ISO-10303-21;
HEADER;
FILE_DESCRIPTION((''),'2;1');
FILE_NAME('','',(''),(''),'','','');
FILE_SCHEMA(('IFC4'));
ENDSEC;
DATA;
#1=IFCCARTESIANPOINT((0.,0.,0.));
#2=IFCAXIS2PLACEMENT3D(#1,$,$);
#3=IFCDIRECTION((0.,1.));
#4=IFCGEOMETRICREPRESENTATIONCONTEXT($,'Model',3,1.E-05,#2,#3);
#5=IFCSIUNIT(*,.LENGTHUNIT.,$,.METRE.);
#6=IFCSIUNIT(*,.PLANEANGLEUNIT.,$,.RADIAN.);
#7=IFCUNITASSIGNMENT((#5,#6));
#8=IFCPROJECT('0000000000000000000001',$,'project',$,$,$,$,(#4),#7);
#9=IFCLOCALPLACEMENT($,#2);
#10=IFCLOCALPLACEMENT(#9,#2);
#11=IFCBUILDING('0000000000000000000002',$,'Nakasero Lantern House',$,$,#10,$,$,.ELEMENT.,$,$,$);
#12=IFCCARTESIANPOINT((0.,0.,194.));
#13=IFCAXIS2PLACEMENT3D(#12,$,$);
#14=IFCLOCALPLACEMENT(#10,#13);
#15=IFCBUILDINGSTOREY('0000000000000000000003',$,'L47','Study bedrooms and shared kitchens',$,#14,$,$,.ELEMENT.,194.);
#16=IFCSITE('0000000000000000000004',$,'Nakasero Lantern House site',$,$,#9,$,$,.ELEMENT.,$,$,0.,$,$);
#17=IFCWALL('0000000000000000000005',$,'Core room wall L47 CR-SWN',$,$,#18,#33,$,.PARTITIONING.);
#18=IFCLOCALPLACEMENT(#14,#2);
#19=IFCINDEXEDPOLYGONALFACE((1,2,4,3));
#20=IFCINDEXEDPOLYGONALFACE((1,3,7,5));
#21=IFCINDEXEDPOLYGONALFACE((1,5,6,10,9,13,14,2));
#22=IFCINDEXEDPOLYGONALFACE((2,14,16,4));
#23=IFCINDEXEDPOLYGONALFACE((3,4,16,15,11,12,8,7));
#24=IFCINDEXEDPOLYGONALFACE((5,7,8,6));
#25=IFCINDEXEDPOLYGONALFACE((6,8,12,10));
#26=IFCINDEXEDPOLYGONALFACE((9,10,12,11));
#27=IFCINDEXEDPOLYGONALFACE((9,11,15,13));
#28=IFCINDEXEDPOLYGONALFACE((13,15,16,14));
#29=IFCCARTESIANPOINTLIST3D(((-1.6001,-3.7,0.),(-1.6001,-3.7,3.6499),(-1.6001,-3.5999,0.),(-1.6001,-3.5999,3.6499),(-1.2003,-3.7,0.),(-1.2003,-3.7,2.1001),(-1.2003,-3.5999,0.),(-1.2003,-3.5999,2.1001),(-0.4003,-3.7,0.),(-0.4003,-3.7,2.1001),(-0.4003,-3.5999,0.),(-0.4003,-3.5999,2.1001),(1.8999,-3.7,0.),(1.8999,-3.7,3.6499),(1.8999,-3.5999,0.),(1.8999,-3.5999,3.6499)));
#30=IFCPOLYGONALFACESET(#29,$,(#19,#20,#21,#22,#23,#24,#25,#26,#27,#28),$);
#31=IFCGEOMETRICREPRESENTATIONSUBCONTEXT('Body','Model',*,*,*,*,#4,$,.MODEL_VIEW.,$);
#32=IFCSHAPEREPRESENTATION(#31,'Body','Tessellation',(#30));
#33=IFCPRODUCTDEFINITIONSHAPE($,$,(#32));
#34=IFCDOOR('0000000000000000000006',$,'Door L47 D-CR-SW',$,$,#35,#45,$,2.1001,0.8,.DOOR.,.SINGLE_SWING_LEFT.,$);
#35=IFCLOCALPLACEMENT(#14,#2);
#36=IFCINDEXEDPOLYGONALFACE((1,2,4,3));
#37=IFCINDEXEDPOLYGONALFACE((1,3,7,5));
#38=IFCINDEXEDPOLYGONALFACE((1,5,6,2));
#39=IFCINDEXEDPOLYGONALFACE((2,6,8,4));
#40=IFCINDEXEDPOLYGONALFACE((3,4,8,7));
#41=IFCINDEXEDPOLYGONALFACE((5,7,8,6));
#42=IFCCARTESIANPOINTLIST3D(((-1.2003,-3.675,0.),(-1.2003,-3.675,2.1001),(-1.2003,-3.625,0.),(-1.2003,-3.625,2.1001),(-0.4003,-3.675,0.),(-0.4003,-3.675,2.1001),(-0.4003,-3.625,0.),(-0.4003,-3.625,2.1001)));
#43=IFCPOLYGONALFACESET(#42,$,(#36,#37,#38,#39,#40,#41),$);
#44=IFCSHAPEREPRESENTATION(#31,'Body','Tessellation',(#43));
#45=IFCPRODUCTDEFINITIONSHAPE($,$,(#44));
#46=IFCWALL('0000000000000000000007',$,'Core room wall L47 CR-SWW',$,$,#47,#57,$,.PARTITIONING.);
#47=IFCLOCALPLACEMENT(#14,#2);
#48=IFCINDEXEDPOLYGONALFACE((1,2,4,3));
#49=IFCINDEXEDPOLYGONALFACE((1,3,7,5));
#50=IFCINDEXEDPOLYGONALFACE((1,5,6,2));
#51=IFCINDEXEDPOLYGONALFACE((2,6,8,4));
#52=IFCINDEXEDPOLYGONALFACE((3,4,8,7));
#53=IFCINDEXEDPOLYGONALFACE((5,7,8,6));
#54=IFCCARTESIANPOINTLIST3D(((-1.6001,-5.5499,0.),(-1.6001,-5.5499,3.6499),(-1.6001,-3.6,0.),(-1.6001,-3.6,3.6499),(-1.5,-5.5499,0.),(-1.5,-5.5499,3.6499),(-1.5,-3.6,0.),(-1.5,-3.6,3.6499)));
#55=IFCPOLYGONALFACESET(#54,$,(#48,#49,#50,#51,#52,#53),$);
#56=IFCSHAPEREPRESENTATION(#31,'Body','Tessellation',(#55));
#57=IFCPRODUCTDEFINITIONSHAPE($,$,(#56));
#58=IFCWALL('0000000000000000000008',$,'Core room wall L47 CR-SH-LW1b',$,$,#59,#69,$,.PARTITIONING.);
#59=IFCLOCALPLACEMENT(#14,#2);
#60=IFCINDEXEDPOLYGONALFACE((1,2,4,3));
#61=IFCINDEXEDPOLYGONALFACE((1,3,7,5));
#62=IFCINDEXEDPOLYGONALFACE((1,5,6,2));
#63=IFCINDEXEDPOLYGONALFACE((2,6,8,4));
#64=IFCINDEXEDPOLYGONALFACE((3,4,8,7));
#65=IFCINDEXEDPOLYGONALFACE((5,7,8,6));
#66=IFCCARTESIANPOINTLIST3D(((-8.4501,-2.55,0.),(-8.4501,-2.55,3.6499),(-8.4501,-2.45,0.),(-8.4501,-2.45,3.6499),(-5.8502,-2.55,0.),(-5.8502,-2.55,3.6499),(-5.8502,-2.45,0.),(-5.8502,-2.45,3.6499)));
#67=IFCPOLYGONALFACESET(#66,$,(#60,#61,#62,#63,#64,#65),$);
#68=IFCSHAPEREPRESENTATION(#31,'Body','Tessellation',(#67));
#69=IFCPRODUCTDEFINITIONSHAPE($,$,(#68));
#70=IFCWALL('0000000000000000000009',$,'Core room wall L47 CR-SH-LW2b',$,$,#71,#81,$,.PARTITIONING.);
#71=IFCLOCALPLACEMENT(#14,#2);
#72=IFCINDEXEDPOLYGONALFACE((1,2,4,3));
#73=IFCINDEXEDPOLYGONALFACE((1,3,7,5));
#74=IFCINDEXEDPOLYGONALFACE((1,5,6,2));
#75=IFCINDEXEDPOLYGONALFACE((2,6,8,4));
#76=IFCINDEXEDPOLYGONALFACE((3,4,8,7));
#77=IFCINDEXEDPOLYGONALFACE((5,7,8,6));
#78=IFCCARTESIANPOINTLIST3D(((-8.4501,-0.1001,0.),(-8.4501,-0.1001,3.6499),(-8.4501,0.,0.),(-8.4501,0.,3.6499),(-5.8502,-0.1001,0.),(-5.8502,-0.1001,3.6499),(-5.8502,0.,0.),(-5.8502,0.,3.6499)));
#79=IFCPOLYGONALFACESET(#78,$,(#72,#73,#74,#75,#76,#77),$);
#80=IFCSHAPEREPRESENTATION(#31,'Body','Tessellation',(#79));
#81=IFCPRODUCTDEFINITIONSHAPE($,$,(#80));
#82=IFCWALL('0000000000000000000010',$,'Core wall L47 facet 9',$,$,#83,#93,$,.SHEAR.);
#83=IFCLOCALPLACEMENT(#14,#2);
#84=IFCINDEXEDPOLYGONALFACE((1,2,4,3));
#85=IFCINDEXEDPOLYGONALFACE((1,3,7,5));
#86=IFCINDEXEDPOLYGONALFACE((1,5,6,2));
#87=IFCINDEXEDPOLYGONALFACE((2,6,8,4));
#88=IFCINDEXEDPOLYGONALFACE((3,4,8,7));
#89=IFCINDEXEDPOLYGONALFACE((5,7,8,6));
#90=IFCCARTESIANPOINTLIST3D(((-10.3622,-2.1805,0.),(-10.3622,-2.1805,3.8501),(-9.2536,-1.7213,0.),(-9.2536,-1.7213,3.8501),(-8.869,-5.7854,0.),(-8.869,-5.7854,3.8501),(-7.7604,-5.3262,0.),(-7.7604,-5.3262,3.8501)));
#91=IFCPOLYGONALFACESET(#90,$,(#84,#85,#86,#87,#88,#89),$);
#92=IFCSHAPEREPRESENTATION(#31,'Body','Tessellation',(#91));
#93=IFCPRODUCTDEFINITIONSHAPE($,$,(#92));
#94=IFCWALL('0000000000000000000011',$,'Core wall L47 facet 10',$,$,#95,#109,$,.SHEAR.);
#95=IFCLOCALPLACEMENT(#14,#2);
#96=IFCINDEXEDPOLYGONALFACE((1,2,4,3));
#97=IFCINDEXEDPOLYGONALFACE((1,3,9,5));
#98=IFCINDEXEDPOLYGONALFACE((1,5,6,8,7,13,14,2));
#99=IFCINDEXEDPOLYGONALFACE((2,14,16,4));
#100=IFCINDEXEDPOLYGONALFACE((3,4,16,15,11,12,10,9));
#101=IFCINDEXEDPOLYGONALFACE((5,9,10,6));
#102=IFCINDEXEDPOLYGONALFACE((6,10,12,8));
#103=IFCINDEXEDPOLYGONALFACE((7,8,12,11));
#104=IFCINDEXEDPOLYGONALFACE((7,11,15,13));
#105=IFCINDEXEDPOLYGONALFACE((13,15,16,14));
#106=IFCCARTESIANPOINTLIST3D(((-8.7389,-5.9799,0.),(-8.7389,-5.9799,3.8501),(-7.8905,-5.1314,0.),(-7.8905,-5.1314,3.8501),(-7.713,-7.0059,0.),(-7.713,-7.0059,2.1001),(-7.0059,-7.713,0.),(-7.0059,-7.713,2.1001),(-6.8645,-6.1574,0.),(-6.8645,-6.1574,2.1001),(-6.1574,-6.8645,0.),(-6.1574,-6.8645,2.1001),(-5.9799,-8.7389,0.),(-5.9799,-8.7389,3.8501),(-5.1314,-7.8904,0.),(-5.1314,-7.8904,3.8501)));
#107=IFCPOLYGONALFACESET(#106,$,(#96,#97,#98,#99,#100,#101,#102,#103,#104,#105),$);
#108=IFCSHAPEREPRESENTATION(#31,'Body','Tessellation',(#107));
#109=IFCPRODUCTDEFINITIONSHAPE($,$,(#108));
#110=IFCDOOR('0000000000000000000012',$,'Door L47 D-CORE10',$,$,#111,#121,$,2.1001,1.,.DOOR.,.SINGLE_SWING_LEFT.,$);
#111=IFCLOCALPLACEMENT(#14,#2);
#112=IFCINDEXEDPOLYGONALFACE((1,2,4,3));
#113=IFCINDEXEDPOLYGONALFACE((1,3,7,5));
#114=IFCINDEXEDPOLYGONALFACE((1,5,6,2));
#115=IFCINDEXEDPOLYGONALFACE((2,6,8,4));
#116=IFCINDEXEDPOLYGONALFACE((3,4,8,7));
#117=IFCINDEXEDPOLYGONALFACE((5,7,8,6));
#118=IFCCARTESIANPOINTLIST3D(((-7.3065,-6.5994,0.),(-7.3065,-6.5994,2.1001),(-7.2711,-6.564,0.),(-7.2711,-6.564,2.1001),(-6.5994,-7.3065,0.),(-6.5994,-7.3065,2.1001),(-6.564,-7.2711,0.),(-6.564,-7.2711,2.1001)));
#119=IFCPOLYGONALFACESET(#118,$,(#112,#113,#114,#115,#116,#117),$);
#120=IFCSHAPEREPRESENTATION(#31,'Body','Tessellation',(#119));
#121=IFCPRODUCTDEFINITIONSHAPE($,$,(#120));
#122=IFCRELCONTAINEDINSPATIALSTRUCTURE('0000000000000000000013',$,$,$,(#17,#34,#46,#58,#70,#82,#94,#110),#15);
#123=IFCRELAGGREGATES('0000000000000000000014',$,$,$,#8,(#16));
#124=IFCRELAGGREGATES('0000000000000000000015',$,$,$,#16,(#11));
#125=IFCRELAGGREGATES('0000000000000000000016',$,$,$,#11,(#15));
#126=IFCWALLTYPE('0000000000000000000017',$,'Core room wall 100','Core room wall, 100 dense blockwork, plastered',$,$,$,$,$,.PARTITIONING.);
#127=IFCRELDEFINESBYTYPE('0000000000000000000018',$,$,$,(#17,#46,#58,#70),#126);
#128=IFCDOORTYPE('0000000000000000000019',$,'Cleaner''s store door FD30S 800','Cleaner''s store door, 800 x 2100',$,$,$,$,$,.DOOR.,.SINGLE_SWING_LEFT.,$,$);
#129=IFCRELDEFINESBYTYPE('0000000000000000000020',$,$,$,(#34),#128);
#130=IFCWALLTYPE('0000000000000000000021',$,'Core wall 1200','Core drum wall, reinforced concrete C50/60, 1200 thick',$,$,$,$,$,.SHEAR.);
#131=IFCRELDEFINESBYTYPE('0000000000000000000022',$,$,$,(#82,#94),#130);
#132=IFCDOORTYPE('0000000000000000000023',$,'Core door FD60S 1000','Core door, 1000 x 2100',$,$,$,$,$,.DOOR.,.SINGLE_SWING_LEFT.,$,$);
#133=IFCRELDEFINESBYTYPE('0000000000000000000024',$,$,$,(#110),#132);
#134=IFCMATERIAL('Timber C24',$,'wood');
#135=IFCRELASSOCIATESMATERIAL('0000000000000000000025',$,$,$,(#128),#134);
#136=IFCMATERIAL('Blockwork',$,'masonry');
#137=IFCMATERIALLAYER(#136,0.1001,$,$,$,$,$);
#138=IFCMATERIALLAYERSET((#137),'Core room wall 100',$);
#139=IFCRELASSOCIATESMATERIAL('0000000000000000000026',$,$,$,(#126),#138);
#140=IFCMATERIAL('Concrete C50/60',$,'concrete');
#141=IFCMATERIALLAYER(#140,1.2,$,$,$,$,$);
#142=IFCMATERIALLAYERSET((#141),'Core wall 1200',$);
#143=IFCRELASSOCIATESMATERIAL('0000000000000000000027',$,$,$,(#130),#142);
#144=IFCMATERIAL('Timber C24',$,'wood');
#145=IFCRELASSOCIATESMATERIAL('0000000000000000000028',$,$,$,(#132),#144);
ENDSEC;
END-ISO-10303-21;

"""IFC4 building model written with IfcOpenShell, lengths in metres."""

from ifc_helpers import new_model, si_unit, direction, frame, frame_2d, origin, place, context, subcontext, project, spatial, rectangle, extrude, material, layer, layer_set, type_object, element, fill, save


model = new_model("IFC4")

# Units and contexts
model_context = context("Model", 3, precision=1e-05, world=origin(), true_north=direction((0.0, 1.0)))
body_context = subcontext(model_context, "Body", "Model", "MODEL_VIEW")
ifc_project = project(units=[si_unit("LENGTHUNIT", "METRE"), si_unit("PLANEANGLEUNIT", "RADIAN")], contexts=[model_context])

# Site, building, storey
site_placement = place(None, origin())
site = spatial("IfcSite", under=ifc_project, at=site_placement, Name="Nakasero Lantern House site", CompositionType="ELEMENT", RefElevation=0.0)
building_placement = place(site_placement, origin())
building = spatial("IfcBuilding", under=site, at=building_placement, Name="Nakasero Lantern House", CompositionType="ELEMENT")
storey_placement = place(building_placement, frame((0.0, 0.0, 194.0)))
storey = spatial("IfcBuildingStorey", under=building, at=storey_placement, Name="L47", Description="Study bedrooms and shared kitchens", CompositionType="ELEMENT", Elevation=194.0)

# Shared definitions
ifc_material_1 = material(Name="Timber C24", Category="wood")
door_type_1 = type_object("IfcDoorType", Name="Cleaner's store door FD30S 800", Description="Cleaner's store door, 800 x 2100", OperationType="SINGLE_SWING_LEFT", PredefinedType="DOOR", material=ifc_material_1)

# Wall, opening, door
ifc_material_2 = material(Name="Blockwork", Category="masonry")
ifc_layer_1 = layer(ifc_material_2, 0.1001)
ifc_layer_set_1 = layer_set([ifc_layer_1], Name="Core room wall 100")
wall_type_1 = type_object("IfcWallType", Name="Core room wall 100", Description="Core room wall, 100 dense blockwork, plastered", PredefinedType="PARTITIONING", material=ifc_layer_set_1)
wall_1_placement = place(storey_placement, frame((-1.6001, -3.6499, 0.0), z_axis=(0.0, 0.0, 1.0), x_axis=(1.0, 0.0, 0.0)))
wall_1 = element("IfcWall", 1, at=wall_1_placement, inside=storey, type_object=wall_type_1, Name="Core room wall L47 CR-SWN", PredefinedType="PARTITIONING", context=body_context, shape_type="SweptSolid", body=[
    extrude(rectangle(XDim=3.5, YDim=0.1001, at=frame_2d((1.75, 0.0))), origin(), (0.0, 0.0, 1.0), 3.6499),
])
opening_1_placement = place(wall_1_placement, frame((0.3999, 0.0, 0.0)))
opening_1 = element("IfcOpeningElement", 2, at=opening_1_placement, cuts=wall_1, PredefinedType="OPENING", context=body_context, shape_type="SweptSolid", body=[
    extrude(rectangle(XDim=0.8, YDim=2.1001, at=frame_2d((0.3999, 1.05))), frame((0.0, 0.0701, 0.0), z_axis=(0.0, -1.0, 0.0), x_axis=(1.0, 0.0, 0.0)), (0.0, 0.0, 1.0), 0.1401),
])
door_1_placement = place(opening_1_placement, origin())
door_1 = element("IfcDoor", 3, at=door_1_placement, inside=storey, type_object=door_type_1, Name="Door L47 D-CR-SW", OperationType="SINGLE_SWING_LEFT", OverallHeight=2.1001, OverallWidth=0.8, PredefinedType="DOOR", context=body_context, shape_type="SweptSolid", body=[
    extrude(rectangle(XDim=0.8, YDim=2.1001, at=frame_2d((0.3999, 1.05))), frame((0.0, 0.0249, 0.0), z_axis=(0.0, -1.0, 0.0), x_axis=(1.0, 0.0, 0.0)), (0.0, 0.0, 1.0), 0.05),
])
fill(opening_1, door_1)

# Walls
wall_2_placement = place(storey_placement, frame((-1.55, -5.55, 0.0), z_axis=(0.0, 0.0, 1.0), x_axis=(0.0, 1.0, 0.0)))
element("IfcWall", 4, at=wall_2_placement, inside=storey, type_object=wall_type_1, Name="Core room wall L47 CR-SWW", PredefinedType="PARTITIONING", context=body_context, shape_type="SweptSolid", body=[
    extrude(rectangle(XDim=1.95, YDim=0.1001, at=frame_2d((0.9751, 0.0))), origin(), (0.0, 0.0, 1.0), 3.6499),
])
for number, where, z_axis, x_axis, name in (
    (5, (-8.45, -2.5, 0.0), (0.0, 0.0, 1.0), (1.0, 0.0, 0.0), "Core room wall L47 CR-SH-LW1b"),
    (6, (-8.45, -0.05, 0.0), (0.0, 0.0, 1.0), (1.0, 0.0, 0.0), "Core room wall L47 CR-SH-LW2b"),
):
    element("IfcWall", number, at=place(storey_placement, frame(where, z_axis=z_axis, x_axis=x_axis)), inside=storey, type_object=wall_type_1, Name=name, PredefinedType="PARTITIONING", context=body_context, shape_type="SweptSolid", body=[
        extrude(rectangle(XDim=2.5999, YDim=0.1001, at=frame_2d((1.2998, 0.0))), origin(), (0.0, 0.0, 1.0), 3.6499),
    ])
ifc_material_3 = material(Name="Concrete C50/60", Category="concrete")
ifc_layer_2 = layer(ifc_material_3, 1.2)
ifc_layer_set_2 = layer_set([ifc_layer_2], Name="Core wall 1200")
wall_type_2 = type_object("IfcWallType", Name="Core wall 1200", Description="Core drum wall, reinforced concrete C50/60, 1200 thick", PredefinedType="SHEAR", material=ifc_layer_set_2)
wall_3_placement = place(storey_placement, frame((-9.8079, -1.9509, 0.0), z_axis=(0.0, 0.0, 1.0), x_axis=(0.382691, -0.923877, 0.0)))
element("IfcWall", 7, at=wall_3_placement, inside=storey, type_object=wall_type_2, Name="Core wall L47 facet 9", PredefinedType="SHEAR", context=body_context, shape_type="SweptSolid", body=[
    extrude(rectangle(XDim=3.9019, YDim=1.2, at=frame_2d((1.9509, 0.0))), origin(), (0.0, 0.0, 1.0), 3.8501),
])

# Wall, opening, door
wall_4_placement = place(storey_placement, frame((-8.3147, -5.5557, 0.0), z_axis=(0.0, 0.0, 1.0), x_axis=(0.707107, -0.707107, 0.0)))
wall_4 = element("IfcWall", 8, at=wall_4_placement, inside=storey, type_object=wall_type_2, Name="Core wall L47 facet 10", PredefinedType="SHEAR", context=body_context, shape_type="SweptSolid", body=[
    extrude(rectangle(XDim=3.9019, YDim=1.2, at=frame_2d((1.9509, 0.0))), origin(), (0.0, 0.0, 1.0), 3.8501),
])
opening_2_placement = place(wall_4_placement, frame((1.4509, 0.0, 0.0)))
opening_2 = element("IfcOpeningElement", 9, at=opening_2_placement, cuts=wall_4, PredefinedType="OPENING", context=body_context, shape_type="SweptSolid", body=[
    extrude(rectangle(XDim=1.0, YDim=2.1001, at=frame_2d((0.5, 1.05))), frame((0.0, 0.6199, 0.0), z_axis=(0.0, -1.0, 0.0), x_axis=(1.0, 0.0, 0.0)), (0.0, 0.0, 1.0), 1.24),
])
ifc_material_4 = material(Name="Timber C24", Category="wood")
door_type_2 = type_object("IfcDoorType", Name="Core door FD60S 1000", Description="Core door, 1000 x 2100", OperationType="SINGLE_SWING_LEFT", PredefinedType="DOOR", material=ifc_material_4)
door_2_placement = place(opening_2_placement, origin())
door_2 = element("IfcDoor", 10, at=door_2_placement, inside=storey, type_object=door_type_2, Name="Door L47 D-CORE10", OperationType="SINGLE_SWING_LEFT", OverallHeight=2.1001, OverallWidth=1.0, PredefinedType="DOOR", context=body_context, shape_type="SweptSolid", body=[
    extrude(rectangle(XDim=1.0, YDim=2.1001, at=frame_2d((0.5, 1.05))), frame((0.0, 0.0249, 0.0), z_axis=(0.0, -1.0, 0.0), x_axis=(1.0, 0.0, 0.0)), (0.0, 0.0, 1.0), 0.05),
])
fill(opening_2, door_2)

save(model, "model.ifc")
